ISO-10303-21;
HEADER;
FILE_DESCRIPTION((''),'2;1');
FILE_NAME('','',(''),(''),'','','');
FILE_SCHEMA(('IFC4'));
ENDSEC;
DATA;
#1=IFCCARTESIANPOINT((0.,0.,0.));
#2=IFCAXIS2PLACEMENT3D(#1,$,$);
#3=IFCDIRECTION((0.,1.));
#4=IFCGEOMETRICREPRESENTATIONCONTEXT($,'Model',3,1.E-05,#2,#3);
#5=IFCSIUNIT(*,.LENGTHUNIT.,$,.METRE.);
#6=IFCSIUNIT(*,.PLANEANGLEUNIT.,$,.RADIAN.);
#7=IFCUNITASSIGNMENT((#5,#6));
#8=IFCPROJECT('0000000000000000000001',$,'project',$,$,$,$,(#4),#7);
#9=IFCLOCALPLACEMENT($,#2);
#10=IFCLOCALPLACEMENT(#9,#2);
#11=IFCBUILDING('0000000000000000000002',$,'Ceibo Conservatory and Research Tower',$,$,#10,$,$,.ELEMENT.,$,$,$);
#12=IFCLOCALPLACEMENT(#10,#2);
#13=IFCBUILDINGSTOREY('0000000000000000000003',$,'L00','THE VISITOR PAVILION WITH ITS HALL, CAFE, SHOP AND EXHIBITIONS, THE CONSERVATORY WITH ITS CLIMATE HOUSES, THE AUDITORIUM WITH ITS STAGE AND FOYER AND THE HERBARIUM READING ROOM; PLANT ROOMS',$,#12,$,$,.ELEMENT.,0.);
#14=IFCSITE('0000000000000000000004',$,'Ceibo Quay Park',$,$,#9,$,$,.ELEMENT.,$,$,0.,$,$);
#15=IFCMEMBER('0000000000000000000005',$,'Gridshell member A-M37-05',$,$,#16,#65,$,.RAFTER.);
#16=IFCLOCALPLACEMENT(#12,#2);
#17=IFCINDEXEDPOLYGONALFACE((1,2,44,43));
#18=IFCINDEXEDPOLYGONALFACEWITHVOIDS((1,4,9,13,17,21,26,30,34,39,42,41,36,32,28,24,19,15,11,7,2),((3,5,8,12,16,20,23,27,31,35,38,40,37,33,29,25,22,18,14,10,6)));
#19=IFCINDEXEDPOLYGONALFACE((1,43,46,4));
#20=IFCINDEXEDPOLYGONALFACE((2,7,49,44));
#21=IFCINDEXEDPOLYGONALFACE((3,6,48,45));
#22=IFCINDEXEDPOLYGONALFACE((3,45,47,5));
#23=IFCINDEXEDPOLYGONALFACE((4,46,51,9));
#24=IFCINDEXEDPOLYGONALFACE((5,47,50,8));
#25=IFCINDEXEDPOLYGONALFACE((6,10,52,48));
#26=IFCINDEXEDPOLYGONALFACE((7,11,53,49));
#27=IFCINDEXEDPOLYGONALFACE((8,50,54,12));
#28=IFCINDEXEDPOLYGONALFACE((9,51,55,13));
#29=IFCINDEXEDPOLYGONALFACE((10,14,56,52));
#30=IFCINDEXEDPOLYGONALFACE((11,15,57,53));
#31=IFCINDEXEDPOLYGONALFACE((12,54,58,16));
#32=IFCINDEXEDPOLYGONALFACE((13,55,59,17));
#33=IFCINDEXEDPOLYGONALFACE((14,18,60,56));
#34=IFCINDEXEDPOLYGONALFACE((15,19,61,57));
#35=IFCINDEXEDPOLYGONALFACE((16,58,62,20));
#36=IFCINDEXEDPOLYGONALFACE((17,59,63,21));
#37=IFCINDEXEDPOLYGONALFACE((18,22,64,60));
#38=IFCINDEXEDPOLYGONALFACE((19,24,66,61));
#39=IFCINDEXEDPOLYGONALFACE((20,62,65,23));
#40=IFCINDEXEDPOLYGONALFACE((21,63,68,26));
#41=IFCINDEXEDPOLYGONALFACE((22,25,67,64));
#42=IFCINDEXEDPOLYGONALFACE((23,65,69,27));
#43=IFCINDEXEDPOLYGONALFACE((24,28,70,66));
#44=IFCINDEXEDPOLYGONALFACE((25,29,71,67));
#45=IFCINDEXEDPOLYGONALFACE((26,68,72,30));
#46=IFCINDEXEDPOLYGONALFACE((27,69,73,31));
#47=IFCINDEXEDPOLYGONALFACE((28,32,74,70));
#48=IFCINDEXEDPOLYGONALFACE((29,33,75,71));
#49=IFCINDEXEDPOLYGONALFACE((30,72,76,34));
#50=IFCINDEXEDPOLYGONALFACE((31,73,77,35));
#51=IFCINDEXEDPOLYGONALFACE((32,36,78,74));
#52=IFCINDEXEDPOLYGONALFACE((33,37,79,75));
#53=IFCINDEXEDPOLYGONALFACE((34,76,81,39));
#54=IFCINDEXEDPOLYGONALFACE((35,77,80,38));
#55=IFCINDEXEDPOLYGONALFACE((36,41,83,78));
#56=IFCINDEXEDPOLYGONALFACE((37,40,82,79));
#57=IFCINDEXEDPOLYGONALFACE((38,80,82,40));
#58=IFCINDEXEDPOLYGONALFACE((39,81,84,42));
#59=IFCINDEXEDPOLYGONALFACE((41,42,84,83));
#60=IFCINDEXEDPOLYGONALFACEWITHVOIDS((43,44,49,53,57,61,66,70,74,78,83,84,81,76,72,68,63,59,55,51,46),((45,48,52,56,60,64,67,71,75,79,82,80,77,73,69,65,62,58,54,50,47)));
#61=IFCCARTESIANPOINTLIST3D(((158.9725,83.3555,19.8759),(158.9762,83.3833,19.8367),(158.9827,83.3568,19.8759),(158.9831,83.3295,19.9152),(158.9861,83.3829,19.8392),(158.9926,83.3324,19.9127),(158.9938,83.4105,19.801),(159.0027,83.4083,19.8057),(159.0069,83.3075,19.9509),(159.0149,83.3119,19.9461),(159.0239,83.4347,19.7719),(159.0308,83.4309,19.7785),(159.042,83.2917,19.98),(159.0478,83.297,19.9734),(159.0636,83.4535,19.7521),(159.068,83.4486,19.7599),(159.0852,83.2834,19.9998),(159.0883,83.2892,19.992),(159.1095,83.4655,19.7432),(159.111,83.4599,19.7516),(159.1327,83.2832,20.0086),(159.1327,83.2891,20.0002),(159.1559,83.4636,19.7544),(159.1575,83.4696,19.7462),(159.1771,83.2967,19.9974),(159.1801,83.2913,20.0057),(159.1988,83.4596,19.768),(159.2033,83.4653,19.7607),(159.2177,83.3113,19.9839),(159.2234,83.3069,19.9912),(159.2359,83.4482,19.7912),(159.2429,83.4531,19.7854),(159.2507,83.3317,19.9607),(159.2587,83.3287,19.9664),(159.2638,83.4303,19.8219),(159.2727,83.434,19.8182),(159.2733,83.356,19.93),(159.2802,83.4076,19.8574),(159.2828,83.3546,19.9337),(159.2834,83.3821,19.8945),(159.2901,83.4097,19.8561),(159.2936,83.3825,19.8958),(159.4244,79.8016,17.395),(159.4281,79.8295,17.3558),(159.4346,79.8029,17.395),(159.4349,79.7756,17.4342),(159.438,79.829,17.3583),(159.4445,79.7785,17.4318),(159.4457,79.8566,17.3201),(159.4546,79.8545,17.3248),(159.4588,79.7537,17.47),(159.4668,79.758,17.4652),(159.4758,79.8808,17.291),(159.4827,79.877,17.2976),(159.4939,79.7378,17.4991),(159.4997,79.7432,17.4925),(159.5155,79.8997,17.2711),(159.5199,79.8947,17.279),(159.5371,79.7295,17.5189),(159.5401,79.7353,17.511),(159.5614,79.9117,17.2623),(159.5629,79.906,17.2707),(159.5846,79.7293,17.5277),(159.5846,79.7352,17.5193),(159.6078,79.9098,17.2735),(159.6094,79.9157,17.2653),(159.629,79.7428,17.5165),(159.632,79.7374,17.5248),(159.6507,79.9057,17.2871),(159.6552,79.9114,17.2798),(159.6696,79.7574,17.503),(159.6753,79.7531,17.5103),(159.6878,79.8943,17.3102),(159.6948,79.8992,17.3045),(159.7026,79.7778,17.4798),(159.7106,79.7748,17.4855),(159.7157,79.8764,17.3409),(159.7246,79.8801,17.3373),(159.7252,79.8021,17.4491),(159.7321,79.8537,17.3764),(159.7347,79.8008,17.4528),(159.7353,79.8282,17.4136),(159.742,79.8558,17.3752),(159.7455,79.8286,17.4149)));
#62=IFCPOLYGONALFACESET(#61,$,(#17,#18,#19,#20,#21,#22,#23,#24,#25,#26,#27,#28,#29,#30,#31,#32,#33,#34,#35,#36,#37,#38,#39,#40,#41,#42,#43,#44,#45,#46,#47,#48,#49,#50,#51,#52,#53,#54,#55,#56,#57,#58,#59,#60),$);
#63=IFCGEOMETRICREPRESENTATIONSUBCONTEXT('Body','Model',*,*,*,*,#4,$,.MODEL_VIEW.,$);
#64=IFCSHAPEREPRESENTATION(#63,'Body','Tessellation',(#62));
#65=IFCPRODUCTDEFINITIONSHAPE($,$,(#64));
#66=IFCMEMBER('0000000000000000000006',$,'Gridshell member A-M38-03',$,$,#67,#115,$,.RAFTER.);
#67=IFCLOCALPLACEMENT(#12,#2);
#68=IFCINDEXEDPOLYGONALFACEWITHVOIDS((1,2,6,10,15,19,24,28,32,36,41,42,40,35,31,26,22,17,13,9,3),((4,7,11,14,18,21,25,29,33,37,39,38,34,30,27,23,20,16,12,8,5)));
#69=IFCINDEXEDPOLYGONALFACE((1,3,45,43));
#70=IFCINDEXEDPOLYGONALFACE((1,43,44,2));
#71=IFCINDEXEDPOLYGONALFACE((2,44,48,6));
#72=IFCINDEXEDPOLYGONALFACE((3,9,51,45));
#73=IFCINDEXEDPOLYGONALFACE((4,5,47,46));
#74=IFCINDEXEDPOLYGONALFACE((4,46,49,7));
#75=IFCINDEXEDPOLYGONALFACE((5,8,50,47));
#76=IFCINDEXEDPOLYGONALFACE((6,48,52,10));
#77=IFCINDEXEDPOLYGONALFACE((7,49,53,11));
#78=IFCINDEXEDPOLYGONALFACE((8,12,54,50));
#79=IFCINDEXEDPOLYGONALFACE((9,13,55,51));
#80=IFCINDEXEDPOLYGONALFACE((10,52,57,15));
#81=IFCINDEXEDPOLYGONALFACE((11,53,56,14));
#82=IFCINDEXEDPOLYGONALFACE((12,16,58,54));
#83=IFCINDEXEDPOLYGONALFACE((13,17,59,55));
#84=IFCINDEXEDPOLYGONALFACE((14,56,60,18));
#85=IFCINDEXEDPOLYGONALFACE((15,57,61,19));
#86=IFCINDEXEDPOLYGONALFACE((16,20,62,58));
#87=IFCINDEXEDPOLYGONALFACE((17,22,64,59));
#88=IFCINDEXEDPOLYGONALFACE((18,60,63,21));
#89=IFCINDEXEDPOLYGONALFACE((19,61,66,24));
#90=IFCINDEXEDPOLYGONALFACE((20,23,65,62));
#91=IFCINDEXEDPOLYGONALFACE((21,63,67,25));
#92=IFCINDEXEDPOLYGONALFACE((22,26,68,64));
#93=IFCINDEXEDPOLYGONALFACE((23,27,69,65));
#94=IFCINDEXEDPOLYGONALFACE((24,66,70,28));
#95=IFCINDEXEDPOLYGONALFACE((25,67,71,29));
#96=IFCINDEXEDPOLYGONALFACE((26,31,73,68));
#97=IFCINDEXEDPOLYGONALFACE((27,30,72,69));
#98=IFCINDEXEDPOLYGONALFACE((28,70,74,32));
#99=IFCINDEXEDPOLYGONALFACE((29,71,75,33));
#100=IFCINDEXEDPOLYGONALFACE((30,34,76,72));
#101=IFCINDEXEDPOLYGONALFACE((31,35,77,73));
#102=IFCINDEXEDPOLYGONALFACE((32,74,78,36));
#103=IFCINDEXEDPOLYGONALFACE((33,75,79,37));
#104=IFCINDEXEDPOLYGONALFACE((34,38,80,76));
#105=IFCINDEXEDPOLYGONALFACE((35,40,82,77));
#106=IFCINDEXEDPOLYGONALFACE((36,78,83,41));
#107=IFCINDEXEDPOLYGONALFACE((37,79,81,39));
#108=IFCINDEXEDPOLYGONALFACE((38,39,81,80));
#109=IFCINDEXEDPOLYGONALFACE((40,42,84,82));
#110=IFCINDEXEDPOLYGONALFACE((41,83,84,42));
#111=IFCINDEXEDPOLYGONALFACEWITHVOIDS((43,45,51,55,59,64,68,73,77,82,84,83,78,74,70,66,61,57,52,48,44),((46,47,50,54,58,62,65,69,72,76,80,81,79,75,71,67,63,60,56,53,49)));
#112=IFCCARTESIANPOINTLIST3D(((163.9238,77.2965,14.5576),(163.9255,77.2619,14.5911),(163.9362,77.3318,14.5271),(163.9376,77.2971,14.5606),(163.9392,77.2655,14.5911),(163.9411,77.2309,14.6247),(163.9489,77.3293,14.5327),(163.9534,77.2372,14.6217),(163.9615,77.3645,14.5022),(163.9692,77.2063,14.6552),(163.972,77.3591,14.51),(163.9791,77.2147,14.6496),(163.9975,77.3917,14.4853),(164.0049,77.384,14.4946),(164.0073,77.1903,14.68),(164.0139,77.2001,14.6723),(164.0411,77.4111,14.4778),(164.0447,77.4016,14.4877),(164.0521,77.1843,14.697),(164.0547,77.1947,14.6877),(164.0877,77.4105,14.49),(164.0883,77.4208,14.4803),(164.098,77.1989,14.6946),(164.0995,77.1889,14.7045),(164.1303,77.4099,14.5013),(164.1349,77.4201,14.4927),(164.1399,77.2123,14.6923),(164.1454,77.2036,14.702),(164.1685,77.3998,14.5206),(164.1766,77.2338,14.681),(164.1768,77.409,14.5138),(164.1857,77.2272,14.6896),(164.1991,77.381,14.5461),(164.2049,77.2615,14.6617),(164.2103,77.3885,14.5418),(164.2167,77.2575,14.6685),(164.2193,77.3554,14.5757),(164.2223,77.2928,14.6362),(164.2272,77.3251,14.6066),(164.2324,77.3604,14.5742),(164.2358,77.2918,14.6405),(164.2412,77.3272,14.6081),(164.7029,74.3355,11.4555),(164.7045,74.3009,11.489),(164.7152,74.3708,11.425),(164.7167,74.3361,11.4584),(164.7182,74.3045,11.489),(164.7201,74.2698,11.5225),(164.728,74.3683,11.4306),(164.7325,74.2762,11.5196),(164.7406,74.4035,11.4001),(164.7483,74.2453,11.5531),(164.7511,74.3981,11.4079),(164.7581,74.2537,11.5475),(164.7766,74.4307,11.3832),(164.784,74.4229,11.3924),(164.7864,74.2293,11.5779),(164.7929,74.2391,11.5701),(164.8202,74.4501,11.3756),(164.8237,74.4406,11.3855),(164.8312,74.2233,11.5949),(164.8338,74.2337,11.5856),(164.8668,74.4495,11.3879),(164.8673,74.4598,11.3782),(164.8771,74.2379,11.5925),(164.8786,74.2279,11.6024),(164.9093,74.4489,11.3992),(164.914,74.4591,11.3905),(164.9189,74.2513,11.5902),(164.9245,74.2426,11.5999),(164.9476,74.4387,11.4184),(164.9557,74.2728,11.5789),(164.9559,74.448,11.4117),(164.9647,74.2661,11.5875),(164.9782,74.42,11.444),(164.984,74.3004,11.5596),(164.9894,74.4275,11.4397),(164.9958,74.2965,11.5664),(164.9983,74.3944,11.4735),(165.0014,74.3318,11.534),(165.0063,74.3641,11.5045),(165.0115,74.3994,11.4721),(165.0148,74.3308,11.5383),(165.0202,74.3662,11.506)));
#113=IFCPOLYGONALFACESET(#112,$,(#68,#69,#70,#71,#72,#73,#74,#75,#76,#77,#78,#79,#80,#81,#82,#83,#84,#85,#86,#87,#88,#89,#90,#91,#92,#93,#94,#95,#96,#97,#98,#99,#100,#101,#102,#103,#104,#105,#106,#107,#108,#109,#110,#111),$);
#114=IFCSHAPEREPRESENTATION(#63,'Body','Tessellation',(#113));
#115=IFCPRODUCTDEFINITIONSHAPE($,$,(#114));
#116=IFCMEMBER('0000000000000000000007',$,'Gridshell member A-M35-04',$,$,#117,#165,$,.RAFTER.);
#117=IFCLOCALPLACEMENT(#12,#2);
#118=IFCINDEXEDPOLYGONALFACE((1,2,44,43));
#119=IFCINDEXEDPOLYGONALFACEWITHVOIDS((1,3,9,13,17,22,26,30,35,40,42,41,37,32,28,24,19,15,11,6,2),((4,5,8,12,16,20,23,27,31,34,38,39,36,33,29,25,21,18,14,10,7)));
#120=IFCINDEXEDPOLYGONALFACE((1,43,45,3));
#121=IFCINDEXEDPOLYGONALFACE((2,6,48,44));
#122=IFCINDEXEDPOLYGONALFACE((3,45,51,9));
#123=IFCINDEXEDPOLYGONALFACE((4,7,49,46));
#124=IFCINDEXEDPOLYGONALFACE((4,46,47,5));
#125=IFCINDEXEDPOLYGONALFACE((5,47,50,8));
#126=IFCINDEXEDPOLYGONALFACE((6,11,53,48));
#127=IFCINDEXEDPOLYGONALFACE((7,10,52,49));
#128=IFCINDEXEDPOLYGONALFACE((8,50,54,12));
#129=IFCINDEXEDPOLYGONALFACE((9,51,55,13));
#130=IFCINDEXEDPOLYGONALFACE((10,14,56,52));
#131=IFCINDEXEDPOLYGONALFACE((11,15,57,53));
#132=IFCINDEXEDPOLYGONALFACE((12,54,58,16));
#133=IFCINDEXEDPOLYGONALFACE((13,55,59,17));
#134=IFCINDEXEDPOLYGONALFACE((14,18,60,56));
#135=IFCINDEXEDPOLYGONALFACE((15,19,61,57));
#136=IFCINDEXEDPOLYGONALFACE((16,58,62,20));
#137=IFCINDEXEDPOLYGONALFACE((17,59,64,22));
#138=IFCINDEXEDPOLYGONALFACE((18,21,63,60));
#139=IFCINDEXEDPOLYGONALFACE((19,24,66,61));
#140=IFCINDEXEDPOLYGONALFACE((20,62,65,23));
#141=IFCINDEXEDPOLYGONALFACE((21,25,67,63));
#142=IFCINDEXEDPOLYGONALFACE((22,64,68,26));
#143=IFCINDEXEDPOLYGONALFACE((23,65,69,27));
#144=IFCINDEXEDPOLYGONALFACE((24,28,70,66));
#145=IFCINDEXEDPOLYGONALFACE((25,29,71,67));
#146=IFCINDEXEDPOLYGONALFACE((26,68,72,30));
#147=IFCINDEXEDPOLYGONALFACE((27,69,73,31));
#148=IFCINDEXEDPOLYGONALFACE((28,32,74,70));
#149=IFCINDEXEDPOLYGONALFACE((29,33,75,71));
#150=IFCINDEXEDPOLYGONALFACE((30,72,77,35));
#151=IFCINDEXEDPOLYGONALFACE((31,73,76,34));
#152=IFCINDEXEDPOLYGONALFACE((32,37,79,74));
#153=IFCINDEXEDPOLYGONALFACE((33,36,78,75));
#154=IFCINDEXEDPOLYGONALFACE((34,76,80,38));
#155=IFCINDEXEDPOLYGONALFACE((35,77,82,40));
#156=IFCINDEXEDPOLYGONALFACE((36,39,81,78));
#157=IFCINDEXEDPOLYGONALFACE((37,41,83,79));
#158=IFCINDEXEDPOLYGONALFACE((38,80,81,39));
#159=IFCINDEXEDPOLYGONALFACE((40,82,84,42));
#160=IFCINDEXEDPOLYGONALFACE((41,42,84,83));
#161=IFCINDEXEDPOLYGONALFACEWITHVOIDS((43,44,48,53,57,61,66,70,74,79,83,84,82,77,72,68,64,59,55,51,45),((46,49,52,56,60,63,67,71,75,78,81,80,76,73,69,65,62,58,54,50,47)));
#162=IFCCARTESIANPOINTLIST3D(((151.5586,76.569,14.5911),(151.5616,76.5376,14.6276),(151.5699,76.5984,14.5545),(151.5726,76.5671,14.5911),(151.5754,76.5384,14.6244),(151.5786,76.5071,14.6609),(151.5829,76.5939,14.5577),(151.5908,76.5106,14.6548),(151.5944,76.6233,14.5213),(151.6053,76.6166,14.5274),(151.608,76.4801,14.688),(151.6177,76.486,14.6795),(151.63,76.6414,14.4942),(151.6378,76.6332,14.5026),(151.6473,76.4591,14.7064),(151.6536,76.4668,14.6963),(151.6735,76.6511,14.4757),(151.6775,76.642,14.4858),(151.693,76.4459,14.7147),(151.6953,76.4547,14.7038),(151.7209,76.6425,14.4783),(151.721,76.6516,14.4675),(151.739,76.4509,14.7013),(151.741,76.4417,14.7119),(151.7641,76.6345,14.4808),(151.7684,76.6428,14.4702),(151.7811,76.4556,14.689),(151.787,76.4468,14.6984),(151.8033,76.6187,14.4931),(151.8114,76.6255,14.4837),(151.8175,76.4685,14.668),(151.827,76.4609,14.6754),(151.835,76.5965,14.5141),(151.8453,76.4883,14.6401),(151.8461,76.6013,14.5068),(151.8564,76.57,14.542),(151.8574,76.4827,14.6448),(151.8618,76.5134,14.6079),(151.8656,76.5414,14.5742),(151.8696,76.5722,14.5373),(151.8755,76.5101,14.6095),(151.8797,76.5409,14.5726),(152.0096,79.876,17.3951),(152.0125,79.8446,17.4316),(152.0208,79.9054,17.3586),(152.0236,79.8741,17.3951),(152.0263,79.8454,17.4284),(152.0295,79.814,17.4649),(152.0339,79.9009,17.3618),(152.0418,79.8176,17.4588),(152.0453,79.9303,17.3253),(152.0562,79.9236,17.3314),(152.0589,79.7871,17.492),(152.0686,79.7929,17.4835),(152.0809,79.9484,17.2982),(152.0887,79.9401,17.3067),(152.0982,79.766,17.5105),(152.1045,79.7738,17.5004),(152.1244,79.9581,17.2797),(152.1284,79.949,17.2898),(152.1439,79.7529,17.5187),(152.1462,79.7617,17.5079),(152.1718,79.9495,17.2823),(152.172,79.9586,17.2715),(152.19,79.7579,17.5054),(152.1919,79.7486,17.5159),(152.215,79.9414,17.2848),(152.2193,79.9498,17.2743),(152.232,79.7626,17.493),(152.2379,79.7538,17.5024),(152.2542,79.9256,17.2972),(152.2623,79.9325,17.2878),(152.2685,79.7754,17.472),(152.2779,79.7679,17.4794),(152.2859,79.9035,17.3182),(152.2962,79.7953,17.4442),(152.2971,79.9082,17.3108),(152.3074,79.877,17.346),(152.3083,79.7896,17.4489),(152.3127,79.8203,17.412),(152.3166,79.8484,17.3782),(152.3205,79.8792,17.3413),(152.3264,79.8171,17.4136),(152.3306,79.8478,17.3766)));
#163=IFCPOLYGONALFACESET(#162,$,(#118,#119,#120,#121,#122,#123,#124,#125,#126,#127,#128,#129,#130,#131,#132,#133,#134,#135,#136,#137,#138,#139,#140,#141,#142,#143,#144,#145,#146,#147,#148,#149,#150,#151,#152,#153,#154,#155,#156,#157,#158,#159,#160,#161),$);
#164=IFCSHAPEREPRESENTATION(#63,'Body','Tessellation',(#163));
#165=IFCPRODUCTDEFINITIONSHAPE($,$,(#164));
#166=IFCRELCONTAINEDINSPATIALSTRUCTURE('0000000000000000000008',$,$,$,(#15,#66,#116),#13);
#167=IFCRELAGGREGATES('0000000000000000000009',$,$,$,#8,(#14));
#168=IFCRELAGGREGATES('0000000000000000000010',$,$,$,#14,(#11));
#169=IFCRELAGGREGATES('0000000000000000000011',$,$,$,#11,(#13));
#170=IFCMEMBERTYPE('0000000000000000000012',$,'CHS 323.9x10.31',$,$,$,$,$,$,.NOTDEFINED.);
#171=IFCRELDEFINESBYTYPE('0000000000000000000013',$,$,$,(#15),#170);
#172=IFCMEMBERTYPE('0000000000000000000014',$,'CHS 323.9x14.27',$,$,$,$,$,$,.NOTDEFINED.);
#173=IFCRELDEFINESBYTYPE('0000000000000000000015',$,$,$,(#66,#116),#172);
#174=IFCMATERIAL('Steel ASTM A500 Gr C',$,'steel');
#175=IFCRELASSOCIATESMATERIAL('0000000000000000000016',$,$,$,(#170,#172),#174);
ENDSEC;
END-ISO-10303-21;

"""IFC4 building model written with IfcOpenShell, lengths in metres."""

from ifc_helpers import new_model, si_unit, direction, frame, origin, origin_2d, place, context, subcontext, project, spatial, hollow_circle, extrude, material, material_profile, profile_set, type_object, element, save


model = new_model("IFC4")

# Units and contexts
model_context = context("Model", 3, precision=1e-05, world=origin(), true_north=direction((0.0, 1.0)))
body_context = subcontext(model_context, "Body", "Model", "MODEL_VIEW")
ifc_project = project(units=[si_unit("LENGTHUNIT", "METRE"), si_unit("PLANEANGLEUNIT", "RADIAN")], contexts=[model_context])

# Site, building, storey
site_placement = place(None, origin())
site = spatial("IfcSite", under=ifc_project, at=site_placement, Name="Ceibo Quay Park", CompositionType="ELEMENT", RefElevation=0.0)
building_placement = place(site_placement, origin())
building = spatial("IfcBuilding", under=site, at=building_placement, Name="Ceibo Conservatory and Research Tower", CompositionType="ELEMENT")
storey_placement = place(building_placement, origin())
storey = spatial("IfcBuildingStorey", under=building, at=storey_placement, Name="L00", Description="THE VISITOR PAVILION WITH ITS HALL, CAFE, SHOP AND EXHIBITIONS, THE CONSERVATORY WITH ITS CLIMATE HOUSES, THE AUDITORIUM WITH ITS STAGE AND FOYER AND THE HERBARIUM READING ROOM; PLANT ROOMS", CompositionType="ELEMENT", Elevation=0.0)

# Members
ifc_material_1 = material(Name="Steel ASTM A500 Gr C", Category="steel")
ifc_material_profile_1 = material_profile(ifc_material_1, hollow_circle(Radius=0.1619, WallThickness=0.0103, at=origin_2d()), Name="CHS 323.9x10.31")
ifc_profile_set_1 = profile_set([ifc_material_profile_1], Name="Steel ASTM A500 Gr C")
member_type_1 = type_object("IfcMemberType", Name="CHS 323.9x10.31", PredefinedType="NOTDEFINED", material=ifc_profile_set_1)
member_1_placement = place(storey_placement, frame((159.585, 79.822, 17.395), z_axis=(-0.103701, 0.815549, 0.569321), x_axis=(-0.992012, -0.12614, 0.0)))
element("IfcMember", 1, at=member_1_placement, inside=storey, type_object=member_type_1, Name="Gridshell member A-M37-05", PredefinedType="RAFTER", context=body_context, shape_type="SweptSolid", body=[
    extrude(hollow_circle(Radius=0.1619, WallThickness=0.0103, at=origin_2d()), origin(), (0.0, 0.0, 1.0), 4.3577),
])
ifc_material_profile_2 = material_profile(ifc_material_1, hollow_circle(Radius=0.1619, WallThickness=0.0142, at=origin_2d()), Name="CHS 323.9x14.27")
ifc_profile_set_2 = profile_set([ifc_material_profile_2], Name="Steel ASTM A500 Gr C")
member_type_2 = type_object("IfcMemberType", Name="CHS 323.9x14.27", PredefinedType="NOTDEFINED", material=ifc_profile_set_2)
member_2_placement = place(storey_placement, frame((164.8611, 74.342, 11.489), z_axis=(-0.178742, 0.679343, 0.711719), x_axis=(-0.967086, -0.25445, 0.0)))
element("IfcMember", 2, at=member_2_placement, inside=storey, type_object=member_type_2, Name="Gridshell member A-M38-03", PredefinedType="RAFTER", context=body_context, shape_type="SweptSolid", body=[
    extrude(hollow_circle(Radius=0.1619, WallThickness=0.0142, at=origin_2d()), origin(), (0.0, 0.0, 1.0), 4.3586),
])
member_3_placement = place(storey_placement, frame((151.719, 76.5471, 14.5911), z_axis=(0.103447, 0.758632, 0.643255), x_axis=(-0.990831, 0.13511, 0.0)))
element("IfcMember", 3, at=member_3_placement, inside=storey, type_object=member_type_2, Name="Gridshell member A-M35-04", PredefinedType="RAFTER", context=body_context, shape_type="SweptSolid", body=[
    extrude(hollow_circle(Radius=0.1619, WallThickness=0.0142, at=origin_2d()), origin(), (0.0, 0.0, 1.0), 4.3591),
])

save(model, "model.ifc")
